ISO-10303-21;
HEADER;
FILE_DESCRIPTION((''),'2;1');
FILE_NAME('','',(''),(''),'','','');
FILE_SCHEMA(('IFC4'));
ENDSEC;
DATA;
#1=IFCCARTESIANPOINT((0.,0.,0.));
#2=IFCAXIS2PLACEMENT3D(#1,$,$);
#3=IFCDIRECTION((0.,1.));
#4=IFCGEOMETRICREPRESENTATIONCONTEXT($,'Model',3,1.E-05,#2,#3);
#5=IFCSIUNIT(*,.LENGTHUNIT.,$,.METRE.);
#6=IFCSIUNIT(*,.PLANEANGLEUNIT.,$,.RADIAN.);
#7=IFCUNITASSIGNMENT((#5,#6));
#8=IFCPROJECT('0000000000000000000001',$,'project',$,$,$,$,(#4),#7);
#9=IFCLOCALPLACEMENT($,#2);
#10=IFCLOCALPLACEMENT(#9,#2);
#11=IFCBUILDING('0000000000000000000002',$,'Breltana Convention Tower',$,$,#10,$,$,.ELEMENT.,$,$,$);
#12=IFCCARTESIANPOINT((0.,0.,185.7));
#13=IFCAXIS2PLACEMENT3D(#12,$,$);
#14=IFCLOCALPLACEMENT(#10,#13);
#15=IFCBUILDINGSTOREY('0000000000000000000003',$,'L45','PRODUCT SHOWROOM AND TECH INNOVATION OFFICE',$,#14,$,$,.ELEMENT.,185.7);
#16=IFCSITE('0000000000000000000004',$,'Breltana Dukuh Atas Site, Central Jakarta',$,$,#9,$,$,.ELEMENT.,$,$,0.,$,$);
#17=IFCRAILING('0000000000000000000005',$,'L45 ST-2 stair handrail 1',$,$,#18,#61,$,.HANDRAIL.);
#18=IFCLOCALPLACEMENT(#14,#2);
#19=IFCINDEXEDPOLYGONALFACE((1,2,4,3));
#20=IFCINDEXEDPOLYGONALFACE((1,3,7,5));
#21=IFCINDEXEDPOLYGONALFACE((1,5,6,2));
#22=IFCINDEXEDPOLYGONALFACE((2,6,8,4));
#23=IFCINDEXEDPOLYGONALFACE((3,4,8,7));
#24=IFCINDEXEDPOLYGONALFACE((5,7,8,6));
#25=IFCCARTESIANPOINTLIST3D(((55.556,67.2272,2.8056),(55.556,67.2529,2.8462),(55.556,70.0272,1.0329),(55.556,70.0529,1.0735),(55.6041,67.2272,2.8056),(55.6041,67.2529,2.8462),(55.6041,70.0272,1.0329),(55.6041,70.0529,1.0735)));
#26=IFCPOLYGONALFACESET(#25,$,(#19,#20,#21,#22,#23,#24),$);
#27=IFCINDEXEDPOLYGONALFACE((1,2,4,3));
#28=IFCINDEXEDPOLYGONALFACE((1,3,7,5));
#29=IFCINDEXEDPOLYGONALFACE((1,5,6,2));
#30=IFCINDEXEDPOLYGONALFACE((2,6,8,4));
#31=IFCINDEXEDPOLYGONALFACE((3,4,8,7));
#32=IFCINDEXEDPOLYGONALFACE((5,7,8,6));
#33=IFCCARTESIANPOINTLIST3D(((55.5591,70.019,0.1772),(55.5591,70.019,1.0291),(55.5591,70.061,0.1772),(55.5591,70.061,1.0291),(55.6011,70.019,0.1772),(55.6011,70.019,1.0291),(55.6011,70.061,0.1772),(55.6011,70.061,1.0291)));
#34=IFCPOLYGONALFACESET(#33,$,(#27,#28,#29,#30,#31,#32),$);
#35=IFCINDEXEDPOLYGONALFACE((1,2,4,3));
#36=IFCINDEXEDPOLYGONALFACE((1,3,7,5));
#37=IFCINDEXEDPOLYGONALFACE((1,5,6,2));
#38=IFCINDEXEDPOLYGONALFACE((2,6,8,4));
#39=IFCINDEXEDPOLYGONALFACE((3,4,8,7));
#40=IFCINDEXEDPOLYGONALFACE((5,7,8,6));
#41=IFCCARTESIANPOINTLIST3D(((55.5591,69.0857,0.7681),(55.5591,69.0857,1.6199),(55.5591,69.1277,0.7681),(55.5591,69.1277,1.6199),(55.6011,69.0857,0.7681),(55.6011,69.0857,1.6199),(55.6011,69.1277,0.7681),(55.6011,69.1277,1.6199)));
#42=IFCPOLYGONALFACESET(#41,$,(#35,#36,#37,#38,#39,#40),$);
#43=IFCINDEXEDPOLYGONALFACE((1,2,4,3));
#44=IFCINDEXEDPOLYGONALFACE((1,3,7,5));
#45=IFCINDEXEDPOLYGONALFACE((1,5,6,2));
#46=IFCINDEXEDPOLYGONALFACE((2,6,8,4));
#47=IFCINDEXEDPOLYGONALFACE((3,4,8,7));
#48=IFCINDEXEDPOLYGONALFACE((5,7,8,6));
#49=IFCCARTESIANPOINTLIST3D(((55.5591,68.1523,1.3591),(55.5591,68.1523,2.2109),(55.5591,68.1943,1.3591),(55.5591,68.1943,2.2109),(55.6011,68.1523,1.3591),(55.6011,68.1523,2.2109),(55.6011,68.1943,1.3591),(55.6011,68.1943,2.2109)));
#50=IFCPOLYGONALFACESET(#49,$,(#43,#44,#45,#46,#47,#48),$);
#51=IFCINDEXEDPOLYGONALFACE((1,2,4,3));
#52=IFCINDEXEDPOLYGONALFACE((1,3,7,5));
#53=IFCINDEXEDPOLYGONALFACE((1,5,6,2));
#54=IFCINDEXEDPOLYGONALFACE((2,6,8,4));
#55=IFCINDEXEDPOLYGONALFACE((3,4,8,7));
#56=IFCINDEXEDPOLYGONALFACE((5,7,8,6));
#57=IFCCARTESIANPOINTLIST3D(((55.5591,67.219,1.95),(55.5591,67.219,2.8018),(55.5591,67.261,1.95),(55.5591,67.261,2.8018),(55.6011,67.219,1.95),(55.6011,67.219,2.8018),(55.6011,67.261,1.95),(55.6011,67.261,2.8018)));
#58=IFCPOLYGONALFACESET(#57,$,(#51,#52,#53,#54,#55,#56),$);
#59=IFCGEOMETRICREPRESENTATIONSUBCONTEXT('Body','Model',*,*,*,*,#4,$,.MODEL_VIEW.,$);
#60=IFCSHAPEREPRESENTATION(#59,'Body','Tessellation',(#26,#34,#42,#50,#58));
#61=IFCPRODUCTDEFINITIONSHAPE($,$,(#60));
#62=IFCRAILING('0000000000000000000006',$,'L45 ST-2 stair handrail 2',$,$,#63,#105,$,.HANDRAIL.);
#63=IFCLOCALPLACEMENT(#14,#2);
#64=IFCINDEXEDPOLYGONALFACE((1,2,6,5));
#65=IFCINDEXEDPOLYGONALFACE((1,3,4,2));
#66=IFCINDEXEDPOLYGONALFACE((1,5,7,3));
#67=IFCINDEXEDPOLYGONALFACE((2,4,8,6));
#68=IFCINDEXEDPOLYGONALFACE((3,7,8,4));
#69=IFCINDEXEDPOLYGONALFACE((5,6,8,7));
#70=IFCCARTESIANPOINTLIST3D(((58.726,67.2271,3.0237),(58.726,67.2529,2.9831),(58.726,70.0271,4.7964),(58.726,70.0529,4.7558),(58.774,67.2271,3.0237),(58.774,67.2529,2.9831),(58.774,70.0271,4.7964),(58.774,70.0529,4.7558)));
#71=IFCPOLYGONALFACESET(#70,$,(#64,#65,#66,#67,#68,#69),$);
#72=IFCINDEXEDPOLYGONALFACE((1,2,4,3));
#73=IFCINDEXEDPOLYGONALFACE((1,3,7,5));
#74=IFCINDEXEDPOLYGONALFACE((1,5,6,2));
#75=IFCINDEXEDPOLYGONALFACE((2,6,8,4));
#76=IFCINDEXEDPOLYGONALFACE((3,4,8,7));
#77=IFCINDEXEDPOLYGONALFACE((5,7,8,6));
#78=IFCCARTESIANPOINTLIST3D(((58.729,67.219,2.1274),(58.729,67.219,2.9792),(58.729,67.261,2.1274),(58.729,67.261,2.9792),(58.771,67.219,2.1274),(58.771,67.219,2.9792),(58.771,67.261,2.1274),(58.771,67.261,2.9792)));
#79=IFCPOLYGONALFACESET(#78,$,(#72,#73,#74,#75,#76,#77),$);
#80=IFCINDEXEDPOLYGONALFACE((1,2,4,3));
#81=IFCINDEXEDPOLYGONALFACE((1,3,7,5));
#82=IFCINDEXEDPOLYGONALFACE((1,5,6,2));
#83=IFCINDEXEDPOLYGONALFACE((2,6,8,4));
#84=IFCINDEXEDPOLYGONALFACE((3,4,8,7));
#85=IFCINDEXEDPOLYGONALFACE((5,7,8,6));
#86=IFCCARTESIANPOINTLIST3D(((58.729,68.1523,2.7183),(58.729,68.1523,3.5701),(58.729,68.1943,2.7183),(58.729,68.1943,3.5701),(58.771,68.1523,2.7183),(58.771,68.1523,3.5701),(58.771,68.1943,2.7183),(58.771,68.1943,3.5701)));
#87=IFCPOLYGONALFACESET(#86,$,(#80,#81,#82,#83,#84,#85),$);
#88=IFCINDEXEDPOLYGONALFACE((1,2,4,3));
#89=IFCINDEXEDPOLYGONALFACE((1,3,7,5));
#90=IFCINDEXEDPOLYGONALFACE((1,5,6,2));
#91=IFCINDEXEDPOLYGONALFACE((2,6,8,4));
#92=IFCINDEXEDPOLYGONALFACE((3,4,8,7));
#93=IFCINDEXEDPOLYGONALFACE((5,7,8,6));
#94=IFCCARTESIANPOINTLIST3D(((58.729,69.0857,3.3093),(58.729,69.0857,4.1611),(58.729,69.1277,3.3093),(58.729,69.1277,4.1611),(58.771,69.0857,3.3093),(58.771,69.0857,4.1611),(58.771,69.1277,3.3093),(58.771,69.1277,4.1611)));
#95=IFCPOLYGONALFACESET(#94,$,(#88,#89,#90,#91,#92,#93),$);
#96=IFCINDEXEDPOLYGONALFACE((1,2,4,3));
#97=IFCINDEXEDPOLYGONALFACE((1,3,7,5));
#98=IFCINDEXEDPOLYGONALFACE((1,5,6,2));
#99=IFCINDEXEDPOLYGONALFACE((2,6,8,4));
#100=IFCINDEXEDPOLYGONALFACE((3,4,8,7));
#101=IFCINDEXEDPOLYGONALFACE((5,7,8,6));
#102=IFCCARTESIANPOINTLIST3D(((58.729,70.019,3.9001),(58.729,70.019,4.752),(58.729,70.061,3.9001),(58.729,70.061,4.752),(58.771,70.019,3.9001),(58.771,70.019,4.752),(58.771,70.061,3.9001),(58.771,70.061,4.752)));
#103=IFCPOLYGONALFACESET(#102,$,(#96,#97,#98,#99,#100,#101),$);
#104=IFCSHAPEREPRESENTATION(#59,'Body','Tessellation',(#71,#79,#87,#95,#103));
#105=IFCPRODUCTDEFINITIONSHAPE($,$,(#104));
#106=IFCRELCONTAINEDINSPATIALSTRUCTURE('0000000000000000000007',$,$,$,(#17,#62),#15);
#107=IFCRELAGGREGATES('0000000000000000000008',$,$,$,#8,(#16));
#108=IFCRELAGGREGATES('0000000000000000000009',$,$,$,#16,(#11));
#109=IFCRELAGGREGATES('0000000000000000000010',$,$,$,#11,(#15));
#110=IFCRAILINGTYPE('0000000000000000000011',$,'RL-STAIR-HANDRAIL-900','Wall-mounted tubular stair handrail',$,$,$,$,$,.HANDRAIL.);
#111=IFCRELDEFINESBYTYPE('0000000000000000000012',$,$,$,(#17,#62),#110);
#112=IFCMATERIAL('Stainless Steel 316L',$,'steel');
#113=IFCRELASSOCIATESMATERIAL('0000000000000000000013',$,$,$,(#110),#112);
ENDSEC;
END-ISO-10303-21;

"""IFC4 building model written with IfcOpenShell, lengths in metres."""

from ifc_helpers import new_model, si_unit, direction, frame, origin, origin_2d, place, context, subcontext, project, spatial, rectangle, extrude, material, type_object, element, save


model = new_model("IFC4")

# Units and contexts
model_context = context("Model", 3, precision=1e-05, world=origin(), true_north=direction((0.0, 1.0)))
body_context = subcontext(model_context, "Body", "Model", "MODEL_VIEW")
ifc_project = project(units=[si_unit("LENGTHUNIT", "METRE"), si_unit("PLANEANGLEUNIT", "RADIAN")], contexts=[model_context])

# Site, building, storey
site_placement = place(None, origin())
site = spatial("IfcSite", under=ifc_project, at=site_placement, Name="Breltana Dukuh Atas Site, Central Jakarta", CompositionType="ELEMENT", RefElevation=0.0)
building_placement = place(site_placement, origin())
building = spatial("IfcBuilding", under=site, at=building_placement, Name="Breltana Convention Tower", CompositionType="ELEMENT")
storey_placement = place(building_placement, frame((0.0, 0.0, 185.7)))
storey = spatial("IfcBuildingStorey", under=building, at=storey_placement, Name="L45", Description="PRODUCT SHOWROOM AND TECH INNOVATION OFFICE", CompositionType="ELEMENT", Elevation=185.7)

# Railings
ifc_material_1 = material(Name="Stainless Steel 316L", Category="steel")
railing_type_1 = type_object("IfcRailingType", Name="RL-STAIR-HANDRAIL-900", Description="Wall-mounted tubular stair handrail", PredefinedType="HANDRAIL", material=ifc_material_1)
railing_1_placement = place(storey_placement, frame((55.5801, 70.04, 0.1772)))
element("IfcRailing", 1, at=railing_1_placement, inside=storey, type_object=railing_type_1, Name="L45 ST-2 stair handrail 1", PredefinedType="HANDRAIL", context=body_context, shape_type="SweptSolid", body=[
    extrude(rectangle(XDim=0.0481, YDim=0.0481, at=origin_2d()), frame((0.0, 0.0, 0.876), z_axis=(0.0, -0.844909, 0.53491), x_axis=(1.0, 0.0, 0.0)), (0.0, 0.0, 1.0), 3.314),
    extrude(rectangle(XDim=0.042, YDim=0.042, at=origin_2d()), origin(), (0.0, 0.0, 1.0), 0.8518),
    extrude(rectangle(XDim=0.042, YDim=0.042, at=origin_2d()), frame((0.0, -0.9333, 0.5908)), (0.0, 0.0, 1.0), 0.8518),
    extrude(rectangle(XDim=0.042, YDim=0.042, at=origin_2d()), frame((0.0, -1.8667, 1.1819)), (0.0, 0.0, 1.0), 0.8518),
    extrude(rectangle(XDim=0.042, YDim=0.042, at=origin_2d()), frame((0.0, -2.8, 1.7727)), (0.0, 0.0, 1.0), 0.8518),
])
railing_2_placement = place(storey_placement, frame((58.75, 67.24, 2.1274)))
element("IfcRailing", 2, at=railing_2_placement, inside=storey, type_object=railing_type_1, Name="L45 ST-2 stair handrail 2", PredefinedType="HANDRAIL", context=body_context, shape_type="SweptSolid", body=[
    extrude(rectangle(XDim=0.0481, YDim=0.0481, at=origin_2d()), frame((0.0, 0.0, 0.876), z_axis=(0.0, 0.844909, 0.53491), x_axis=(-1.0, 0.0, 0.0)), (0.0, 0.0, 1.0), 3.314),
    extrude(rectangle(XDim=0.042, YDim=0.042, at=origin_2d()), origin(), (0.0, 0.0, 1.0), 0.8518),
    extrude(rectangle(XDim=0.042, YDim=0.042, at=origin_2d()), frame((0.0, 0.9333, 0.5908)), (0.0, 0.0, 1.0), 0.8518),
    extrude(rectangle(XDim=0.042, YDim=0.042, at=origin_2d()), frame((0.0, 1.8667, 1.1819)), (0.0, 0.0, 1.0), 0.8518),
    extrude(rectangle(XDim=0.042, YDim=0.042, at=origin_2d()), frame((0.0, 2.8, 1.7727)), (0.0, 0.0, 1.0), 0.8518),
])

save(model, "model.ifc")
